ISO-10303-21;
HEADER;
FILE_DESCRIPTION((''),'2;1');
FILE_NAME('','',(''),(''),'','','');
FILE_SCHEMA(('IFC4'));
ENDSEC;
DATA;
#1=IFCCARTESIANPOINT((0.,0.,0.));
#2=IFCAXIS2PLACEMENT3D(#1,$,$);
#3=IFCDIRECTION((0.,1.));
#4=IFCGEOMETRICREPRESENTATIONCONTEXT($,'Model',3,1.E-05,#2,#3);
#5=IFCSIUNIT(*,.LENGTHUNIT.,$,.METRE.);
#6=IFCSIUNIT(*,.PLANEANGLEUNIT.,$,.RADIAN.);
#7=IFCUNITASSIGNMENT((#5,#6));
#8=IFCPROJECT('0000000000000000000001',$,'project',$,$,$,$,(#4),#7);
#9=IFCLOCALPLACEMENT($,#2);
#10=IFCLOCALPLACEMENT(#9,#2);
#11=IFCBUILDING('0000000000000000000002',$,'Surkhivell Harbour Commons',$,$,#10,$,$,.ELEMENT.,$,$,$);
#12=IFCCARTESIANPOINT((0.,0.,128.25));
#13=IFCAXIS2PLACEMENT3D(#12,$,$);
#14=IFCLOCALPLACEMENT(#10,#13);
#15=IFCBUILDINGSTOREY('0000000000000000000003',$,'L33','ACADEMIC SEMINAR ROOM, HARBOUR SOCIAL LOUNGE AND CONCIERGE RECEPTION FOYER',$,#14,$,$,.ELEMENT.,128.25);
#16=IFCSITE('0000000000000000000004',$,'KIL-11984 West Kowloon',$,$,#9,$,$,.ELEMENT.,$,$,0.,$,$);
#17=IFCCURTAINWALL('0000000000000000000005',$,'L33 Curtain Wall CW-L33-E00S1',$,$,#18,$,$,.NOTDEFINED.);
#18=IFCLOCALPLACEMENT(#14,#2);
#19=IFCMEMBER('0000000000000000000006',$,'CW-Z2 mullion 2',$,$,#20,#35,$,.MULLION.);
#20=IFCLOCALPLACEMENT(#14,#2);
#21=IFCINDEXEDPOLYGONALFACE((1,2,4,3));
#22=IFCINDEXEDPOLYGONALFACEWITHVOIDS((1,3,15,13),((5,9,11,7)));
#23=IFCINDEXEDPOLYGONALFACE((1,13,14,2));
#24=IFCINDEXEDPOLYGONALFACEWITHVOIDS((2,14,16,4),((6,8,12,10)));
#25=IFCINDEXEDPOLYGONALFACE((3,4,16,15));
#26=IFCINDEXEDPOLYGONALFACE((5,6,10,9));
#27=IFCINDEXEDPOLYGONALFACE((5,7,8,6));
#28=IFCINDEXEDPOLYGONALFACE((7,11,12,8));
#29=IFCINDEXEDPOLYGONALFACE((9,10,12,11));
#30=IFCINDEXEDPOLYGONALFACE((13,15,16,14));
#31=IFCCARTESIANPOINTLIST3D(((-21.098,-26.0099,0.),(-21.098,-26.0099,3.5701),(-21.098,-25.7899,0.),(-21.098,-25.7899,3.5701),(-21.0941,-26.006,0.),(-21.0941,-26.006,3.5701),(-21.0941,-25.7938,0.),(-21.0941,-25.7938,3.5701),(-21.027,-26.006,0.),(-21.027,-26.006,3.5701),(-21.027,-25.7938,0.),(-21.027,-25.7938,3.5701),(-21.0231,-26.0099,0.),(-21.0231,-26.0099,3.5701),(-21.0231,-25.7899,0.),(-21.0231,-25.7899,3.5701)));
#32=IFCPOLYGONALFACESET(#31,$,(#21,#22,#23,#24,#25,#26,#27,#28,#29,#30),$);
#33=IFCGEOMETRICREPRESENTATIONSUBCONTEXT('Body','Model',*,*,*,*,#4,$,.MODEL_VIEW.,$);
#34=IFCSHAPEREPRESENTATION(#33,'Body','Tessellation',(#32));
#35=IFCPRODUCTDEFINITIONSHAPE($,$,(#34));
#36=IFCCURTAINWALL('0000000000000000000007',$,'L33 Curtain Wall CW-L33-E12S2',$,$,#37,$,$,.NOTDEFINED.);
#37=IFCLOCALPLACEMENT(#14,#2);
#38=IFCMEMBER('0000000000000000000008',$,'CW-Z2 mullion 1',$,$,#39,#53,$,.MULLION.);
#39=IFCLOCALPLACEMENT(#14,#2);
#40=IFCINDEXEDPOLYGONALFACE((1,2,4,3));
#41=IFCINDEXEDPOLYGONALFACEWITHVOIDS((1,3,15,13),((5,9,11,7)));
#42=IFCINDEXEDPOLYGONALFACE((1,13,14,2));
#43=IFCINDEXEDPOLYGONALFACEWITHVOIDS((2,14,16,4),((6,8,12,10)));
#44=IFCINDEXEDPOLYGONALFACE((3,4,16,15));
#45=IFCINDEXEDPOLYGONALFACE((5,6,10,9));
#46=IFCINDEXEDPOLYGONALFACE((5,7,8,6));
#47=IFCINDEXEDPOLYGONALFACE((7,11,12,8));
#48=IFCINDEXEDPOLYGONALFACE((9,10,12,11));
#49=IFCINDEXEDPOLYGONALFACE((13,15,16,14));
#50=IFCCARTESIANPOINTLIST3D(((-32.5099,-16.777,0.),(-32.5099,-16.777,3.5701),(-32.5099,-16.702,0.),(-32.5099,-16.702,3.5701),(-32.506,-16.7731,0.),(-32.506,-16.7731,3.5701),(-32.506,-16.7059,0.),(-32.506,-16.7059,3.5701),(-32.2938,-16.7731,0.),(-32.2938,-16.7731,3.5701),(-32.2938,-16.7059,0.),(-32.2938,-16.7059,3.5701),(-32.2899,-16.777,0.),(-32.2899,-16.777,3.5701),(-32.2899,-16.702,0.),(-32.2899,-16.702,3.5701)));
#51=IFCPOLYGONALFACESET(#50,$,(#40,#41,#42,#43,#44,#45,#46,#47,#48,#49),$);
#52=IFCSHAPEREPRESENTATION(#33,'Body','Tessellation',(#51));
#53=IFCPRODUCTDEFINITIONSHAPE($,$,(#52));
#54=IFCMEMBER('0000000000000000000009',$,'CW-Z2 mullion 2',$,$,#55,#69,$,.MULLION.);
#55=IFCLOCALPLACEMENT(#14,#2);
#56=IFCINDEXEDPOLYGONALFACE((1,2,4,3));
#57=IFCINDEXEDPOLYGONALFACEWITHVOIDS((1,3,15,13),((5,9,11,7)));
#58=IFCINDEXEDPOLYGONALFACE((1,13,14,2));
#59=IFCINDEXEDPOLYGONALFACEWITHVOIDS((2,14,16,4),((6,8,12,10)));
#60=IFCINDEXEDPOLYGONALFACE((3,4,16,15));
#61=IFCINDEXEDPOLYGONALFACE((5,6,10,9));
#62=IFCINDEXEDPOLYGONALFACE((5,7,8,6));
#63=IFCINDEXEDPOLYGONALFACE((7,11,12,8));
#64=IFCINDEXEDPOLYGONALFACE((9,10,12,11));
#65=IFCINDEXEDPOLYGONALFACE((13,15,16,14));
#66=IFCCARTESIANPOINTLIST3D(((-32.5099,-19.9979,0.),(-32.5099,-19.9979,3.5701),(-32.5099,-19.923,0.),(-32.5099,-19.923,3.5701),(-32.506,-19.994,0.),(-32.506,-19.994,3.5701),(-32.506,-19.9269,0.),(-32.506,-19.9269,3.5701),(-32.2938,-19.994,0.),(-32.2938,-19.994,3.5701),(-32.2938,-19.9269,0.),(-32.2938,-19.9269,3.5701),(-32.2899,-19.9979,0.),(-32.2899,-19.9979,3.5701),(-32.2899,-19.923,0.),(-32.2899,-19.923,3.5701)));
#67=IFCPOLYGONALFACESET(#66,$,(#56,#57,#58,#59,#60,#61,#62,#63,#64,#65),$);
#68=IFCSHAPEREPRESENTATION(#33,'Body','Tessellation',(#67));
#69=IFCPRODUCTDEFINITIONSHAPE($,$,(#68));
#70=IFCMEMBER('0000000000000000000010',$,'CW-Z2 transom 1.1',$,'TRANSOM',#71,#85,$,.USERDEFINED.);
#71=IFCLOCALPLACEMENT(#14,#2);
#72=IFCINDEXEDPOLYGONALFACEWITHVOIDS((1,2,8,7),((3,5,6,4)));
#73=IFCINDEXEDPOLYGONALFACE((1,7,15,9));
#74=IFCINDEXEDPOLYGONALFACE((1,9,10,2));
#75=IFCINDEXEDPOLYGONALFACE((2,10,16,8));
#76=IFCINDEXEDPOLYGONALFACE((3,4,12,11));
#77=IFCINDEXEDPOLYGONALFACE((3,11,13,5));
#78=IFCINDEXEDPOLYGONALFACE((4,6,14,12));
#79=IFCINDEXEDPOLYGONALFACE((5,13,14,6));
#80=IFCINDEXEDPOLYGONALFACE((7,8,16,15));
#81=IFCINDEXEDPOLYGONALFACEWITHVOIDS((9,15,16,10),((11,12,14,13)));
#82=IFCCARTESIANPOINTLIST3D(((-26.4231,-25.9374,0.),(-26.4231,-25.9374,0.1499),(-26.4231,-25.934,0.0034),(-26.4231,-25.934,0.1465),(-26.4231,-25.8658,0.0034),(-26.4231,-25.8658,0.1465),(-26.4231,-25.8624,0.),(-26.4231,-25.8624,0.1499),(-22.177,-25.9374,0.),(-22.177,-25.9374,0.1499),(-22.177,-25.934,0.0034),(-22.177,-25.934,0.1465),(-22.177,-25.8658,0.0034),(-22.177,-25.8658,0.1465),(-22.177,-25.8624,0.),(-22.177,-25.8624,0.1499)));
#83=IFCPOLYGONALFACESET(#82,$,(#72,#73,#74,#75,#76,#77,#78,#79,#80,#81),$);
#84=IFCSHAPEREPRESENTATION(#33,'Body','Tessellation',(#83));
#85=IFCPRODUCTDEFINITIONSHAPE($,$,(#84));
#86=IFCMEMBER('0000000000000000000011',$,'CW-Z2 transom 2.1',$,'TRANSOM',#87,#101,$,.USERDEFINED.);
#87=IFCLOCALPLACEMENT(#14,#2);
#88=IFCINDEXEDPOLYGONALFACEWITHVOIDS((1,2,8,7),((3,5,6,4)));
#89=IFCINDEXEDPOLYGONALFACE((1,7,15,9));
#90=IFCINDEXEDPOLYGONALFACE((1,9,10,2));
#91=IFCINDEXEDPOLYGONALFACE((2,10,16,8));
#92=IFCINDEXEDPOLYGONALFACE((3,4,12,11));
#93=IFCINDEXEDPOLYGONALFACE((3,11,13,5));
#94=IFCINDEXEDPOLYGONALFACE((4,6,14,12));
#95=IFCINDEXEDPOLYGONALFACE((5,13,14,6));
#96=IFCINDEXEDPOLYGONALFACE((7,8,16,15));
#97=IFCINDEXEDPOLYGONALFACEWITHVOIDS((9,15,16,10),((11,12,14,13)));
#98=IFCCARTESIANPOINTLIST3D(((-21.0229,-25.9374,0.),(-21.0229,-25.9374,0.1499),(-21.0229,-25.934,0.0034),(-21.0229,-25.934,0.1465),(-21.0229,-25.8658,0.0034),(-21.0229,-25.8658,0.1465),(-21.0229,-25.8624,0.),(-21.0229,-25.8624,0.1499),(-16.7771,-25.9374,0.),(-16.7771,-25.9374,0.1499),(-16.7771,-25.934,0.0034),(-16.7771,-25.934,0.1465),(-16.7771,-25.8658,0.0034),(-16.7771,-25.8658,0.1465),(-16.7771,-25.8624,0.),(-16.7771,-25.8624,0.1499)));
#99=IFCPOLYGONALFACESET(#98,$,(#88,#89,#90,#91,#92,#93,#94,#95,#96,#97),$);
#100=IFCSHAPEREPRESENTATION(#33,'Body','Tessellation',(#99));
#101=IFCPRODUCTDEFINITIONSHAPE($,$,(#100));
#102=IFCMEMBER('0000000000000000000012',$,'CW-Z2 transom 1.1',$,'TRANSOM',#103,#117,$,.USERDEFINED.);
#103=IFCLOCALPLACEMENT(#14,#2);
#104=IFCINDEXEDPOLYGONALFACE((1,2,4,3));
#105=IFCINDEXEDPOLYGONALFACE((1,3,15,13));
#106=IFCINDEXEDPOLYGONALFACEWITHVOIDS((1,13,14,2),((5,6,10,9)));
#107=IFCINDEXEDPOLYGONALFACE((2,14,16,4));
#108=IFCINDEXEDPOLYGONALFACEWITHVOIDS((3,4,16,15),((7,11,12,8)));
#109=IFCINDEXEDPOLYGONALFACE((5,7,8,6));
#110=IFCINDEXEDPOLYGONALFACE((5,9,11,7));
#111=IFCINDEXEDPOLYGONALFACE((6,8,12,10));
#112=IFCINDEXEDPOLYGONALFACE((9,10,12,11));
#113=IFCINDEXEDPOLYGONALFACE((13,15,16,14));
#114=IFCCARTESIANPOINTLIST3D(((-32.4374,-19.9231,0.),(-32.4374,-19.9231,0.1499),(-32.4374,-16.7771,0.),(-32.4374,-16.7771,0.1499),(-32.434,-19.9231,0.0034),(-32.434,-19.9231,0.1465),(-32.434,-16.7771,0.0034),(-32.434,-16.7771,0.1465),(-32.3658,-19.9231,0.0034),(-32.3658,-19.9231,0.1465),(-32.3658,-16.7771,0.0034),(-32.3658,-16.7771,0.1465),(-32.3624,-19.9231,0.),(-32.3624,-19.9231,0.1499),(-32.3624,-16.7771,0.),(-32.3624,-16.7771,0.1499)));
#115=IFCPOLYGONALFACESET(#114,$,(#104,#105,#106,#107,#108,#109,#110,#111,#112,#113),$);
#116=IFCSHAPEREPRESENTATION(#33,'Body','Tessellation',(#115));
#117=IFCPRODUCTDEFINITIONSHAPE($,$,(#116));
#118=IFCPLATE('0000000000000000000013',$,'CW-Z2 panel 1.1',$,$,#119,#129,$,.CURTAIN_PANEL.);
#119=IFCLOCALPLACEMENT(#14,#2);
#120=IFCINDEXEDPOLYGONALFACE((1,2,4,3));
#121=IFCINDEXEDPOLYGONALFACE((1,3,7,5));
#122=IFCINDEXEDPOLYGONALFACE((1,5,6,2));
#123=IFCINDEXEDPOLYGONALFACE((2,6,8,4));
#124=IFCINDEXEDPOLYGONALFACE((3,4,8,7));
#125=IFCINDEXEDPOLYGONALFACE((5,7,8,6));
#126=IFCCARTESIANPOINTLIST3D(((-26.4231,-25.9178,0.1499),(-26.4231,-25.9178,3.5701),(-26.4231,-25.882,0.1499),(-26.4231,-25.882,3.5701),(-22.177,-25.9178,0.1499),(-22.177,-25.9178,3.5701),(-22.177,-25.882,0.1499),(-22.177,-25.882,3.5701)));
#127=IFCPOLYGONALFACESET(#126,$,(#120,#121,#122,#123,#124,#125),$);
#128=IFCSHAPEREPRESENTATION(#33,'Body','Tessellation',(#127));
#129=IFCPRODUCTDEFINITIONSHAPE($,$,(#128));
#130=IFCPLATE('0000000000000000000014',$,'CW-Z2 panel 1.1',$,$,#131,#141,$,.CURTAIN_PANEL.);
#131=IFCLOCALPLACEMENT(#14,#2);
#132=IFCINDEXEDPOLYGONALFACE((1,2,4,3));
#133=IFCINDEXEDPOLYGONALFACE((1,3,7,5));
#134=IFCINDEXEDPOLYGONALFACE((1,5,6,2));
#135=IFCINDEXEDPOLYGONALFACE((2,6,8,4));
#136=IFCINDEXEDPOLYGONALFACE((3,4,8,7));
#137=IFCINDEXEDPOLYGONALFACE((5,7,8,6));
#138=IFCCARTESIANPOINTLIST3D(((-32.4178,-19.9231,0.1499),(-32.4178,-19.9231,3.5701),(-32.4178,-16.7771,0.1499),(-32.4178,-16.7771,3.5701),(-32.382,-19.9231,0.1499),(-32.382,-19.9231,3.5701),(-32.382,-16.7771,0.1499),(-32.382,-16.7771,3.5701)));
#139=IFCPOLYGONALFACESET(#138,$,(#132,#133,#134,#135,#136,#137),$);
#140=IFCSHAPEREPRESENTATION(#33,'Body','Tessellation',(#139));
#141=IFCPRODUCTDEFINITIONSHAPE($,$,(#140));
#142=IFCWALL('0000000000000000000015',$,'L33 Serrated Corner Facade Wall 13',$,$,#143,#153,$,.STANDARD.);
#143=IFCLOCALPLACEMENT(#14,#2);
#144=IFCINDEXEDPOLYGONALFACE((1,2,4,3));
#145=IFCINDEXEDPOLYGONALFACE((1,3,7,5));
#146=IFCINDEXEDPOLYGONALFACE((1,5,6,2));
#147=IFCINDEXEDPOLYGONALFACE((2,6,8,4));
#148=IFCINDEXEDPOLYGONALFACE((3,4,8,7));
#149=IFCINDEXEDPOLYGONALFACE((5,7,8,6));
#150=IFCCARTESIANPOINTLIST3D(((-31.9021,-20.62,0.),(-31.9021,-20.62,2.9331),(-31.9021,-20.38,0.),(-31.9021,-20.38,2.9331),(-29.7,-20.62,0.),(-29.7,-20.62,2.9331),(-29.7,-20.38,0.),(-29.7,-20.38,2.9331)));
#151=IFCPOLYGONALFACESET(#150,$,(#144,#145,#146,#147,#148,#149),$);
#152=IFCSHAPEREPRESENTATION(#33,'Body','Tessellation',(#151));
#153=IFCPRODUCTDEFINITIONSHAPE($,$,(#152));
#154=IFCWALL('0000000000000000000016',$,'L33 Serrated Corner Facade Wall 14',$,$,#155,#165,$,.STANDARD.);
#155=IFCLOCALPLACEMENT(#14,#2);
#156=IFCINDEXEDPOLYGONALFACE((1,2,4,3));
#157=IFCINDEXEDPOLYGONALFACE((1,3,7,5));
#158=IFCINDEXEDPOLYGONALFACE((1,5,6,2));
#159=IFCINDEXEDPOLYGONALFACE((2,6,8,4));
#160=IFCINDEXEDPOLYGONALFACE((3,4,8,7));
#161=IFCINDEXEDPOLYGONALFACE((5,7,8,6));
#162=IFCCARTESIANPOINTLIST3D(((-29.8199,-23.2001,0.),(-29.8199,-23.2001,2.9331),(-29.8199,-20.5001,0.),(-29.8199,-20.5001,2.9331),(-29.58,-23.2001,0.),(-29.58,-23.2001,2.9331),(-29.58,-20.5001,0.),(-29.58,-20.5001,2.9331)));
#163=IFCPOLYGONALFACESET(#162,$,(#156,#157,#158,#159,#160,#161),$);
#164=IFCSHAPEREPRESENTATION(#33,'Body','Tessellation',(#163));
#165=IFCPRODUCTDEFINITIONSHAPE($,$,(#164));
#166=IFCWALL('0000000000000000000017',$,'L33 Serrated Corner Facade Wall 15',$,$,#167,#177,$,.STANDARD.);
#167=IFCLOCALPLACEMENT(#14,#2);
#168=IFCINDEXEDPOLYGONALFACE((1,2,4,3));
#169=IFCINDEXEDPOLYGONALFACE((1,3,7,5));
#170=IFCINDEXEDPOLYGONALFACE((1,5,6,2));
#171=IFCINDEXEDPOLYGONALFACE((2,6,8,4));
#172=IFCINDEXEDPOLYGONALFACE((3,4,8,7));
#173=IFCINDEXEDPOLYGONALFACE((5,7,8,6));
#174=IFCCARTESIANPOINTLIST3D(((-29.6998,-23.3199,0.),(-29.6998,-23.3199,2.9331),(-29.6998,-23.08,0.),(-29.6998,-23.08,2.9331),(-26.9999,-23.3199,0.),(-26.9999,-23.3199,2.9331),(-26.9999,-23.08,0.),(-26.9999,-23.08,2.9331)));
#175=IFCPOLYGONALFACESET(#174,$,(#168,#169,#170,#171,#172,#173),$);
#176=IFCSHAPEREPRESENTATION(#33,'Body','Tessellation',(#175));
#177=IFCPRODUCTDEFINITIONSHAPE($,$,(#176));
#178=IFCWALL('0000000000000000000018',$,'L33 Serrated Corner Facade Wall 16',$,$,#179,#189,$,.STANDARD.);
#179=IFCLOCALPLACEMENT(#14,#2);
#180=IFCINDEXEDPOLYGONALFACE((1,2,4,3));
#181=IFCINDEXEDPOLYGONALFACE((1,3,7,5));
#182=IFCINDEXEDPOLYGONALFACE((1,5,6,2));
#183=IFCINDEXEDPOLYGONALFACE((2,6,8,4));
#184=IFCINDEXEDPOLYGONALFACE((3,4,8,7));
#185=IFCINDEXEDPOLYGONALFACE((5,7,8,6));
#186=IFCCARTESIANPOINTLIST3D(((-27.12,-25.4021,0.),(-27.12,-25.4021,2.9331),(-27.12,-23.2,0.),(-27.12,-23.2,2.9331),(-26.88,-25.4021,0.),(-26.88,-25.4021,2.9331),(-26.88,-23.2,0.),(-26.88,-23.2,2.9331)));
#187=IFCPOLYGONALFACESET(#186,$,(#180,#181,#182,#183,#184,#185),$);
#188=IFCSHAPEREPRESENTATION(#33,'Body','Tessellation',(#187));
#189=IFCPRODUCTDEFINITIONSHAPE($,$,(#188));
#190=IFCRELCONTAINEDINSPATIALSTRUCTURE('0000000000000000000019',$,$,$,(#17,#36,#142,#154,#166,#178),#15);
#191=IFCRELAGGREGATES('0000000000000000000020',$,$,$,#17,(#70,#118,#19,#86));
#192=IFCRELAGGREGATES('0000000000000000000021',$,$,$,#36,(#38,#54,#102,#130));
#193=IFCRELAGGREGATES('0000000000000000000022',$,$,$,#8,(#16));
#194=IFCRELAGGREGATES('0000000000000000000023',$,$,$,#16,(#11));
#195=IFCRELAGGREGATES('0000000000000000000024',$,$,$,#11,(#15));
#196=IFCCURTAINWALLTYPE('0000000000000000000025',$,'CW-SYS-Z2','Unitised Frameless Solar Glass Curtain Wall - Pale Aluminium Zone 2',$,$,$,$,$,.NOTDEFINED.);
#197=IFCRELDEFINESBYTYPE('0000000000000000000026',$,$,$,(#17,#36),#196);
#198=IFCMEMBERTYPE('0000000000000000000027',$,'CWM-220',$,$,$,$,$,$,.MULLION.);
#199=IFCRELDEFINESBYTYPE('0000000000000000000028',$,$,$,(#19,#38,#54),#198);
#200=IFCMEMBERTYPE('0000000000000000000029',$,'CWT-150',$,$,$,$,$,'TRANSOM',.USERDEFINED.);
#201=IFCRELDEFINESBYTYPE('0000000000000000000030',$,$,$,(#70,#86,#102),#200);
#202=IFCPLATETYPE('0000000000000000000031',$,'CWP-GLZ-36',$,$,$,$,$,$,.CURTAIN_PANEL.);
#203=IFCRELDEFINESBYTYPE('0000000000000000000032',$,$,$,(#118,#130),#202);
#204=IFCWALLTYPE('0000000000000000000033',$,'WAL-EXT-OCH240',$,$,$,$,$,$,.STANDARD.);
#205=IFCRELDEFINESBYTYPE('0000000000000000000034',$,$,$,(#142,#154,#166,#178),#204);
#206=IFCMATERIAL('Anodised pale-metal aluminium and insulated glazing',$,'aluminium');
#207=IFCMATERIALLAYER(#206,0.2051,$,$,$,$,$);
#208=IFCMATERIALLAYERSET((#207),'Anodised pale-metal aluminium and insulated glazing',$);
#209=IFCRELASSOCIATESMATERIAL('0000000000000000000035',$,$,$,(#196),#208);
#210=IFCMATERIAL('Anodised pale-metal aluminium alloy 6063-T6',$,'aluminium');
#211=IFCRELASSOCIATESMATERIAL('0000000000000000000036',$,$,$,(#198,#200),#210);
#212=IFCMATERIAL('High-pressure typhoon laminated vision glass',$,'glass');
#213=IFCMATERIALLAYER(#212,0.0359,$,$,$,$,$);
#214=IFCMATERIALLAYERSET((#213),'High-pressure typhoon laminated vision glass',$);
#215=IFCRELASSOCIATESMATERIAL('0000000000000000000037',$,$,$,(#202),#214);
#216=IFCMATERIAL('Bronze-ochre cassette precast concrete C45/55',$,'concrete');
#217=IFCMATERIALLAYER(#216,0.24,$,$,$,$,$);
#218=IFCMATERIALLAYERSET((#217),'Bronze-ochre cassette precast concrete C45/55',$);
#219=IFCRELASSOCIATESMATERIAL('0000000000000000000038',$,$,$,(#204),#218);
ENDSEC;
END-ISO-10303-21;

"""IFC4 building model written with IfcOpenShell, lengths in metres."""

from ifc_helpers import new_model, si_unit, direction, frame, frame_2d, origin, origin_2d, place, context, subcontext, project, spatial, rectangle, hollow_rectangle, extrude, material, layer, layer_set, material_profile, profile_set, type_object, element, aggregate, save


model = new_model("IFC4")

# Units and contexts
model_context = context("Model", 3, precision=1e-05, world=origin(), true_north=direction((0.0, 1.0)))
body_context = subcontext(model_context, "Body", "Model", "MODEL_VIEW")
ifc_project = project(units=[si_unit("LENGTHUNIT", "METRE"), si_unit("PLANEANGLEUNIT", "RADIAN")], contexts=[model_context])

# Site, building, storey
site_placement = place(None, origin())
site = spatial("IfcSite", under=ifc_project, at=site_placement, Name="KIL-11984 West Kowloon", CompositionType="ELEMENT", RefElevation=0.0)
building_placement = place(site_placement, origin())
building = spatial("IfcBuilding", under=site, at=building_placement, Name="Surkhivell Harbour Commons", CompositionType="ELEMENT")
storey_placement = place(building_placement, frame((0.0, 0.0, 128.25)))
storey = spatial("IfcBuildingStorey", under=building, at=storey_placement, Name="L33", Description="ACADEMIC SEMINAR ROOM, HARBOUR SOCIAL LOUNGE AND CONCIERGE RECEPTION FOYER", CompositionType="ELEMENT", Elevation=128.25)

# Curtain walls, members
ifc_material_1 = material(Name="Anodised pale-metal aluminium and insulated glazing", Category="aluminium")
ifc_layer_1 = layer(ifc_material_1, 0.2051)
ifc_layer_set_1 = layer_set([ifc_layer_1], Name="Anodised pale-metal aluminium and insulated glazing")
curtain_wall_type = type_object("IfcCurtainWallType", Name="CW-SYS-Z2", Description="Unitised Frameless Solar Glass Curtain Wall - Pale Aluminium Zone 2", PredefinedType="NOTDEFINED", material=ifc_layer_set_1)
curtain_wall_1_placement = place(storey_placement, origin())
curtain_wall_1 = element("IfcCurtainWall", 1, at=curtain_wall_1_placement, inside=storey, type_object=curtain_wall_type, Name="L33 Curtain Wall CW-L33-E00S1", PredefinedType="NOTDEFINED")
ifc_material_2 = material(Name="Anodised pale-metal aluminium alloy 6063-T6", Category="aluminium")
ifc_material_profile_1 = material_profile(ifc_material_2, hollow_rectangle(XDim=0.075, YDim=0.22, WallThickness=0.0039, at=origin_2d()), Name="ALU-MULL-75x220")
ifc_profile_set_1 = profile_set([ifc_material_profile_1], Name="Anodised pale-metal aluminium alloy 6063-T6")
member_type_1 = type_object("IfcMemberType", Name="CWM-220", PredefinedType="MULLION", material=ifc_profile_set_1)
member_1_placement = place(storey_placement, frame((-21.0605, -25.8999, 0.0), z_axis=(0.0, 0.0, 1.0), x_axis=(1.0, 0.0, 0.0)))
member_1 = element("IfcMember", 2, at=member_1_placement, type_object=member_type_1, Name="CW-Z2 mullion 2", PredefinedType="MULLION", context=body_context, shape_type="SweptSolid", body=[
    extrude(hollow_rectangle(XDim=0.075, YDim=0.22, WallThickness=0.0039, at=origin_2d()), origin(), (0.0, 0.0, 1.0), 3.5701),
])
curtain_wall_2_placement = place(storey_placement, origin())
curtain_wall_2 = element("IfcCurtainWall", 3, at=curtain_wall_2_placement, inside=storey, type_object=curtain_wall_type, Name="L33 Curtain Wall CW-L33-E12S2", PredefinedType="NOTDEFINED")
member_2_placement = place(storey_placement, frame((-32.3999, -16.7395, 0.0), z_axis=(0.0, 0.0, 1.0), x_axis=(0.0, -1.0, 0.0)))
member_2 = element("IfcMember", 4, at=member_2_placement, type_object=member_type_1, Name="CW-Z2 mullion 1", PredefinedType="MULLION", context=body_context, shape_type="SweptSolid", body=[
    extrude(hollow_rectangle(XDim=0.075, YDim=0.22, WallThickness=0.0039, at=origin_2d()), origin(), (0.0, 0.0, 1.0), 3.5701),
])
member_3_placement = place(storey_placement, frame((-32.3999, -19.9604, 0.0), z_axis=(0.0, 0.0, 1.0), x_axis=(0.0, -1.0, 0.0)))
member_3 = element("IfcMember", 5, at=member_3_placement, type_object=member_type_1, Name="CW-Z2 mullion 2", PredefinedType="MULLION", context=body_context, shape_type="SweptSolid", body=[
    extrude(hollow_rectangle(XDim=0.075, YDim=0.22, WallThickness=0.0039, at=origin_2d()), origin(), (0.0, 0.0, 1.0), 3.5701),
])

# Members
ifc_material_profile_2 = material_profile(ifc_material_2, hollow_rectangle(XDim=0.075, YDim=0.1499, WallThickness=0.0034, at=origin_2d()), Name="ALU-TRAN-75x150")
ifc_profile_set_2 = profile_set([ifc_material_profile_2], Name="Anodised pale-metal aluminium alloy 6063-T6")
member_type_2 = type_object("IfcMemberType", Name="CWT-150", ElementType="TRANSOM", PredefinedType="USERDEFINED", material=ifc_profile_set_2)
member_4_placement = place(storey_placement, frame((-26.4231, -25.8999, 0.075), z_axis=(1.0, 0.0, 0.0), x_axis=(0.0, 1.0, 0.0)))
member_4 = element("IfcMember", 6, at=member_4_placement, type_object=member_type_2, Name="CW-Z2 transom 1.1", ObjectType="TRANSOM", PredefinedType="USERDEFINED", context=body_context, shape_type="SweptSolid", body=[
    extrude(hollow_rectangle(XDim=0.075, YDim=0.1499, WallThickness=0.0034, at=origin_2d()), origin(), (0.0, 0.0, 1.0), 4.2461),
])
member_5_placement = place(storey_placement, frame((-21.0229, -25.8999, 0.075), z_axis=(1.0, 0.0, 0.0), x_axis=(0.0, 1.0, 0.0)))
member_5 = element("IfcMember", 7, at=member_5_placement, type_object=member_type_2, Name="CW-Z2 transom 2.1", ObjectType="TRANSOM", PredefinedType="USERDEFINED", context=body_context, shape_type="SweptSolid", body=[
    extrude(hollow_rectangle(XDim=0.075, YDim=0.1499, WallThickness=0.0034, at=origin_2d()), origin(), (0.0, 0.0, 1.0), 4.2458),
])
member_6_placement = place(storey_placement, frame((-32.3999, -16.7771, 0.075), z_axis=(0.0, -1.0, 0.0), x_axis=(1.0, 0.0, 0.0)))
member_6 = element("IfcMember", 8, at=member_6_placement, type_object=member_type_2, Name="CW-Z2 transom 1.1", ObjectType="TRANSOM", PredefinedType="USERDEFINED", context=body_context, shape_type="SweptSolid", body=[
    extrude(hollow_rectangle(XDim=0.075, YDim=0.1499, WallThickness=0.0034, at=origin_2d()), origin(), (0.0, 0.0, 1.0), 3.146),
])

# Plates
ifc_material_3 = material(Name="High-pressure typhoon laminated vision glass", Category="glass")
ifc_layer_2 = layer(ifc_material_3, 0.0359)
ifc_layer_set_2 = layer_set([ifc_layer_2], Name="High-pressure typhoon laminated vision glass")
plate_type = type_object("IfcPlateType", Name="CWP-GLZ-36", PredefinedType="CURTAIN_PANEL", material=ifc_layer_set_2)
plate_1_placement = place(storey_placement, frame((-26.4231, -25.8999, 0.1499), z_axis=(0.0, 0.0, 1.0), x_axis=(1.0, 0.0, 0.0)))
plate_1 = element("IfcPlate", 9, at=plate_1_placement, type_object=plate_type, Name="CW-Z2 panel 1.1", PredefinedType="CURTAIN_PANEL", context=body_context, shape_type="SweptSolid", body=[
    extrude(rectangle(XDim=4.2461, YDim=0.0359, at=frame_2d((2.123, 0.0))), origin(), (0.0, 0.0, 1.0), 3.4202),
])
aggregate(curtain_wall_1, [member_4, plate_1, member_1, member_5])
plate_2_placement = place(storey_placement, frame((-32.3999, -16.7771, 0.1499), z_axis=(0.0, 0.0, 1.0), x_axis=(0.0, -1.0, 0.0)))
plate_2 = element("IfcPlate", 10, at=plate_2_placement, type_object=plate_type, Name="CW-Z2 panel 1.1", PredefinedType="CURTAIN_PANEL", context=body_context, shape_type="SweptSolid", body=[
    extrude(rectangle(XDim=3.146, YDim=0.0359, at=frame_2d((1.573, 0.0))), origin(), (0.0, 0.0, 1.0), 3.4202),
])
aggregate(curtain_wall_2, [member_2, member_3, member_6, plate_2])

# Walls
ifc_material_4 = material(Name="Bronze-ochre cassette precast concrete C45/55", Category="concrete")
ifc_layer_3 = layer(ifc_material_4, 0.24)
ifc_layer_set_3 = layer_set([ifc_layer_3], Name="Bronze-ochre cassette precast concrete C45/55")
wall_type = type_object("IfcWallType", Name="WAL-EXT-OCH240", PredefinedType="STANDARD", material=ifc_layer_set_3)
wall_1_placement = place(storey_placement, frame((-31.9021, -20.5, 0.0), z_axis=(0.0, 0.0, 1.0), x_axis=(1.0, 0.0, 0.0)))
element("IfcWall", 11, at=wall_1_placement, inside=storey, type_object=wall_type, Name="L33 Serrated Corner Facade Wall 13", PredefinedType="STANDARD", context=body_context, shape_type="SweptSolid", body=[
    extrude(rectangle(XDim=2.2021, YDim=0.24, at=frame_2d((1.1011, 0.0))), origin(), (0.0, 0.0, 1.0), 2.9331),
])
for number, where, z_axis, x_axis, name in (
    (12, (-29.7, -20.5, 0.0), (0.0, 0.0, 1.0), (0.0, -1.0, 0.0), "L33 Serrated Corner Facade Wall 14"),
    (13, (-29.7, -23.2, 0.0), (0.0, 0.0, 1.0), (1.0, 0.0, 0.0), "L33 Serrated Corner Facade Wall 15"),
):
    element("IfcWall", number, at=place(storey_placement, frame(where, z_axis=z_axis, x_axis=x_axis)), inside=storey, type_object=wall_type, Name=name, PredefinedType="STANDARD", context=body_context, shape_type="SweptSolid", body=[
        extrude(rectangle(XDim=2.7, YDim=0.24, at=frame_2d((1.3501, 0.0))), origin(), (0.0, 0.0, 1.0), 2.9331),
    ])
wall_2_placement = place(storey_placement, frame((-27.0, -23.2, 0.0), z_axis=(0.0, 0.0, 1.0), x_axis=(0.0, -1.0, 0.0)))
element("IfcWall", 14, at=wall_2_placement, inside=storey, type_object=wall_type, Name="L33 Serrated Corner Facade Wall 16", PredefinedType="STANDARD", context=body_context, shape_type="SweptSolid", body=[
    extrude(rectangle(XDim=2.2021, YDim=0.24, at=frame_2d((1.1011, 0.0))), origin(), (0.0, 0.0, 1.0), 2.9331),
])

save(model, "model.ifc")
